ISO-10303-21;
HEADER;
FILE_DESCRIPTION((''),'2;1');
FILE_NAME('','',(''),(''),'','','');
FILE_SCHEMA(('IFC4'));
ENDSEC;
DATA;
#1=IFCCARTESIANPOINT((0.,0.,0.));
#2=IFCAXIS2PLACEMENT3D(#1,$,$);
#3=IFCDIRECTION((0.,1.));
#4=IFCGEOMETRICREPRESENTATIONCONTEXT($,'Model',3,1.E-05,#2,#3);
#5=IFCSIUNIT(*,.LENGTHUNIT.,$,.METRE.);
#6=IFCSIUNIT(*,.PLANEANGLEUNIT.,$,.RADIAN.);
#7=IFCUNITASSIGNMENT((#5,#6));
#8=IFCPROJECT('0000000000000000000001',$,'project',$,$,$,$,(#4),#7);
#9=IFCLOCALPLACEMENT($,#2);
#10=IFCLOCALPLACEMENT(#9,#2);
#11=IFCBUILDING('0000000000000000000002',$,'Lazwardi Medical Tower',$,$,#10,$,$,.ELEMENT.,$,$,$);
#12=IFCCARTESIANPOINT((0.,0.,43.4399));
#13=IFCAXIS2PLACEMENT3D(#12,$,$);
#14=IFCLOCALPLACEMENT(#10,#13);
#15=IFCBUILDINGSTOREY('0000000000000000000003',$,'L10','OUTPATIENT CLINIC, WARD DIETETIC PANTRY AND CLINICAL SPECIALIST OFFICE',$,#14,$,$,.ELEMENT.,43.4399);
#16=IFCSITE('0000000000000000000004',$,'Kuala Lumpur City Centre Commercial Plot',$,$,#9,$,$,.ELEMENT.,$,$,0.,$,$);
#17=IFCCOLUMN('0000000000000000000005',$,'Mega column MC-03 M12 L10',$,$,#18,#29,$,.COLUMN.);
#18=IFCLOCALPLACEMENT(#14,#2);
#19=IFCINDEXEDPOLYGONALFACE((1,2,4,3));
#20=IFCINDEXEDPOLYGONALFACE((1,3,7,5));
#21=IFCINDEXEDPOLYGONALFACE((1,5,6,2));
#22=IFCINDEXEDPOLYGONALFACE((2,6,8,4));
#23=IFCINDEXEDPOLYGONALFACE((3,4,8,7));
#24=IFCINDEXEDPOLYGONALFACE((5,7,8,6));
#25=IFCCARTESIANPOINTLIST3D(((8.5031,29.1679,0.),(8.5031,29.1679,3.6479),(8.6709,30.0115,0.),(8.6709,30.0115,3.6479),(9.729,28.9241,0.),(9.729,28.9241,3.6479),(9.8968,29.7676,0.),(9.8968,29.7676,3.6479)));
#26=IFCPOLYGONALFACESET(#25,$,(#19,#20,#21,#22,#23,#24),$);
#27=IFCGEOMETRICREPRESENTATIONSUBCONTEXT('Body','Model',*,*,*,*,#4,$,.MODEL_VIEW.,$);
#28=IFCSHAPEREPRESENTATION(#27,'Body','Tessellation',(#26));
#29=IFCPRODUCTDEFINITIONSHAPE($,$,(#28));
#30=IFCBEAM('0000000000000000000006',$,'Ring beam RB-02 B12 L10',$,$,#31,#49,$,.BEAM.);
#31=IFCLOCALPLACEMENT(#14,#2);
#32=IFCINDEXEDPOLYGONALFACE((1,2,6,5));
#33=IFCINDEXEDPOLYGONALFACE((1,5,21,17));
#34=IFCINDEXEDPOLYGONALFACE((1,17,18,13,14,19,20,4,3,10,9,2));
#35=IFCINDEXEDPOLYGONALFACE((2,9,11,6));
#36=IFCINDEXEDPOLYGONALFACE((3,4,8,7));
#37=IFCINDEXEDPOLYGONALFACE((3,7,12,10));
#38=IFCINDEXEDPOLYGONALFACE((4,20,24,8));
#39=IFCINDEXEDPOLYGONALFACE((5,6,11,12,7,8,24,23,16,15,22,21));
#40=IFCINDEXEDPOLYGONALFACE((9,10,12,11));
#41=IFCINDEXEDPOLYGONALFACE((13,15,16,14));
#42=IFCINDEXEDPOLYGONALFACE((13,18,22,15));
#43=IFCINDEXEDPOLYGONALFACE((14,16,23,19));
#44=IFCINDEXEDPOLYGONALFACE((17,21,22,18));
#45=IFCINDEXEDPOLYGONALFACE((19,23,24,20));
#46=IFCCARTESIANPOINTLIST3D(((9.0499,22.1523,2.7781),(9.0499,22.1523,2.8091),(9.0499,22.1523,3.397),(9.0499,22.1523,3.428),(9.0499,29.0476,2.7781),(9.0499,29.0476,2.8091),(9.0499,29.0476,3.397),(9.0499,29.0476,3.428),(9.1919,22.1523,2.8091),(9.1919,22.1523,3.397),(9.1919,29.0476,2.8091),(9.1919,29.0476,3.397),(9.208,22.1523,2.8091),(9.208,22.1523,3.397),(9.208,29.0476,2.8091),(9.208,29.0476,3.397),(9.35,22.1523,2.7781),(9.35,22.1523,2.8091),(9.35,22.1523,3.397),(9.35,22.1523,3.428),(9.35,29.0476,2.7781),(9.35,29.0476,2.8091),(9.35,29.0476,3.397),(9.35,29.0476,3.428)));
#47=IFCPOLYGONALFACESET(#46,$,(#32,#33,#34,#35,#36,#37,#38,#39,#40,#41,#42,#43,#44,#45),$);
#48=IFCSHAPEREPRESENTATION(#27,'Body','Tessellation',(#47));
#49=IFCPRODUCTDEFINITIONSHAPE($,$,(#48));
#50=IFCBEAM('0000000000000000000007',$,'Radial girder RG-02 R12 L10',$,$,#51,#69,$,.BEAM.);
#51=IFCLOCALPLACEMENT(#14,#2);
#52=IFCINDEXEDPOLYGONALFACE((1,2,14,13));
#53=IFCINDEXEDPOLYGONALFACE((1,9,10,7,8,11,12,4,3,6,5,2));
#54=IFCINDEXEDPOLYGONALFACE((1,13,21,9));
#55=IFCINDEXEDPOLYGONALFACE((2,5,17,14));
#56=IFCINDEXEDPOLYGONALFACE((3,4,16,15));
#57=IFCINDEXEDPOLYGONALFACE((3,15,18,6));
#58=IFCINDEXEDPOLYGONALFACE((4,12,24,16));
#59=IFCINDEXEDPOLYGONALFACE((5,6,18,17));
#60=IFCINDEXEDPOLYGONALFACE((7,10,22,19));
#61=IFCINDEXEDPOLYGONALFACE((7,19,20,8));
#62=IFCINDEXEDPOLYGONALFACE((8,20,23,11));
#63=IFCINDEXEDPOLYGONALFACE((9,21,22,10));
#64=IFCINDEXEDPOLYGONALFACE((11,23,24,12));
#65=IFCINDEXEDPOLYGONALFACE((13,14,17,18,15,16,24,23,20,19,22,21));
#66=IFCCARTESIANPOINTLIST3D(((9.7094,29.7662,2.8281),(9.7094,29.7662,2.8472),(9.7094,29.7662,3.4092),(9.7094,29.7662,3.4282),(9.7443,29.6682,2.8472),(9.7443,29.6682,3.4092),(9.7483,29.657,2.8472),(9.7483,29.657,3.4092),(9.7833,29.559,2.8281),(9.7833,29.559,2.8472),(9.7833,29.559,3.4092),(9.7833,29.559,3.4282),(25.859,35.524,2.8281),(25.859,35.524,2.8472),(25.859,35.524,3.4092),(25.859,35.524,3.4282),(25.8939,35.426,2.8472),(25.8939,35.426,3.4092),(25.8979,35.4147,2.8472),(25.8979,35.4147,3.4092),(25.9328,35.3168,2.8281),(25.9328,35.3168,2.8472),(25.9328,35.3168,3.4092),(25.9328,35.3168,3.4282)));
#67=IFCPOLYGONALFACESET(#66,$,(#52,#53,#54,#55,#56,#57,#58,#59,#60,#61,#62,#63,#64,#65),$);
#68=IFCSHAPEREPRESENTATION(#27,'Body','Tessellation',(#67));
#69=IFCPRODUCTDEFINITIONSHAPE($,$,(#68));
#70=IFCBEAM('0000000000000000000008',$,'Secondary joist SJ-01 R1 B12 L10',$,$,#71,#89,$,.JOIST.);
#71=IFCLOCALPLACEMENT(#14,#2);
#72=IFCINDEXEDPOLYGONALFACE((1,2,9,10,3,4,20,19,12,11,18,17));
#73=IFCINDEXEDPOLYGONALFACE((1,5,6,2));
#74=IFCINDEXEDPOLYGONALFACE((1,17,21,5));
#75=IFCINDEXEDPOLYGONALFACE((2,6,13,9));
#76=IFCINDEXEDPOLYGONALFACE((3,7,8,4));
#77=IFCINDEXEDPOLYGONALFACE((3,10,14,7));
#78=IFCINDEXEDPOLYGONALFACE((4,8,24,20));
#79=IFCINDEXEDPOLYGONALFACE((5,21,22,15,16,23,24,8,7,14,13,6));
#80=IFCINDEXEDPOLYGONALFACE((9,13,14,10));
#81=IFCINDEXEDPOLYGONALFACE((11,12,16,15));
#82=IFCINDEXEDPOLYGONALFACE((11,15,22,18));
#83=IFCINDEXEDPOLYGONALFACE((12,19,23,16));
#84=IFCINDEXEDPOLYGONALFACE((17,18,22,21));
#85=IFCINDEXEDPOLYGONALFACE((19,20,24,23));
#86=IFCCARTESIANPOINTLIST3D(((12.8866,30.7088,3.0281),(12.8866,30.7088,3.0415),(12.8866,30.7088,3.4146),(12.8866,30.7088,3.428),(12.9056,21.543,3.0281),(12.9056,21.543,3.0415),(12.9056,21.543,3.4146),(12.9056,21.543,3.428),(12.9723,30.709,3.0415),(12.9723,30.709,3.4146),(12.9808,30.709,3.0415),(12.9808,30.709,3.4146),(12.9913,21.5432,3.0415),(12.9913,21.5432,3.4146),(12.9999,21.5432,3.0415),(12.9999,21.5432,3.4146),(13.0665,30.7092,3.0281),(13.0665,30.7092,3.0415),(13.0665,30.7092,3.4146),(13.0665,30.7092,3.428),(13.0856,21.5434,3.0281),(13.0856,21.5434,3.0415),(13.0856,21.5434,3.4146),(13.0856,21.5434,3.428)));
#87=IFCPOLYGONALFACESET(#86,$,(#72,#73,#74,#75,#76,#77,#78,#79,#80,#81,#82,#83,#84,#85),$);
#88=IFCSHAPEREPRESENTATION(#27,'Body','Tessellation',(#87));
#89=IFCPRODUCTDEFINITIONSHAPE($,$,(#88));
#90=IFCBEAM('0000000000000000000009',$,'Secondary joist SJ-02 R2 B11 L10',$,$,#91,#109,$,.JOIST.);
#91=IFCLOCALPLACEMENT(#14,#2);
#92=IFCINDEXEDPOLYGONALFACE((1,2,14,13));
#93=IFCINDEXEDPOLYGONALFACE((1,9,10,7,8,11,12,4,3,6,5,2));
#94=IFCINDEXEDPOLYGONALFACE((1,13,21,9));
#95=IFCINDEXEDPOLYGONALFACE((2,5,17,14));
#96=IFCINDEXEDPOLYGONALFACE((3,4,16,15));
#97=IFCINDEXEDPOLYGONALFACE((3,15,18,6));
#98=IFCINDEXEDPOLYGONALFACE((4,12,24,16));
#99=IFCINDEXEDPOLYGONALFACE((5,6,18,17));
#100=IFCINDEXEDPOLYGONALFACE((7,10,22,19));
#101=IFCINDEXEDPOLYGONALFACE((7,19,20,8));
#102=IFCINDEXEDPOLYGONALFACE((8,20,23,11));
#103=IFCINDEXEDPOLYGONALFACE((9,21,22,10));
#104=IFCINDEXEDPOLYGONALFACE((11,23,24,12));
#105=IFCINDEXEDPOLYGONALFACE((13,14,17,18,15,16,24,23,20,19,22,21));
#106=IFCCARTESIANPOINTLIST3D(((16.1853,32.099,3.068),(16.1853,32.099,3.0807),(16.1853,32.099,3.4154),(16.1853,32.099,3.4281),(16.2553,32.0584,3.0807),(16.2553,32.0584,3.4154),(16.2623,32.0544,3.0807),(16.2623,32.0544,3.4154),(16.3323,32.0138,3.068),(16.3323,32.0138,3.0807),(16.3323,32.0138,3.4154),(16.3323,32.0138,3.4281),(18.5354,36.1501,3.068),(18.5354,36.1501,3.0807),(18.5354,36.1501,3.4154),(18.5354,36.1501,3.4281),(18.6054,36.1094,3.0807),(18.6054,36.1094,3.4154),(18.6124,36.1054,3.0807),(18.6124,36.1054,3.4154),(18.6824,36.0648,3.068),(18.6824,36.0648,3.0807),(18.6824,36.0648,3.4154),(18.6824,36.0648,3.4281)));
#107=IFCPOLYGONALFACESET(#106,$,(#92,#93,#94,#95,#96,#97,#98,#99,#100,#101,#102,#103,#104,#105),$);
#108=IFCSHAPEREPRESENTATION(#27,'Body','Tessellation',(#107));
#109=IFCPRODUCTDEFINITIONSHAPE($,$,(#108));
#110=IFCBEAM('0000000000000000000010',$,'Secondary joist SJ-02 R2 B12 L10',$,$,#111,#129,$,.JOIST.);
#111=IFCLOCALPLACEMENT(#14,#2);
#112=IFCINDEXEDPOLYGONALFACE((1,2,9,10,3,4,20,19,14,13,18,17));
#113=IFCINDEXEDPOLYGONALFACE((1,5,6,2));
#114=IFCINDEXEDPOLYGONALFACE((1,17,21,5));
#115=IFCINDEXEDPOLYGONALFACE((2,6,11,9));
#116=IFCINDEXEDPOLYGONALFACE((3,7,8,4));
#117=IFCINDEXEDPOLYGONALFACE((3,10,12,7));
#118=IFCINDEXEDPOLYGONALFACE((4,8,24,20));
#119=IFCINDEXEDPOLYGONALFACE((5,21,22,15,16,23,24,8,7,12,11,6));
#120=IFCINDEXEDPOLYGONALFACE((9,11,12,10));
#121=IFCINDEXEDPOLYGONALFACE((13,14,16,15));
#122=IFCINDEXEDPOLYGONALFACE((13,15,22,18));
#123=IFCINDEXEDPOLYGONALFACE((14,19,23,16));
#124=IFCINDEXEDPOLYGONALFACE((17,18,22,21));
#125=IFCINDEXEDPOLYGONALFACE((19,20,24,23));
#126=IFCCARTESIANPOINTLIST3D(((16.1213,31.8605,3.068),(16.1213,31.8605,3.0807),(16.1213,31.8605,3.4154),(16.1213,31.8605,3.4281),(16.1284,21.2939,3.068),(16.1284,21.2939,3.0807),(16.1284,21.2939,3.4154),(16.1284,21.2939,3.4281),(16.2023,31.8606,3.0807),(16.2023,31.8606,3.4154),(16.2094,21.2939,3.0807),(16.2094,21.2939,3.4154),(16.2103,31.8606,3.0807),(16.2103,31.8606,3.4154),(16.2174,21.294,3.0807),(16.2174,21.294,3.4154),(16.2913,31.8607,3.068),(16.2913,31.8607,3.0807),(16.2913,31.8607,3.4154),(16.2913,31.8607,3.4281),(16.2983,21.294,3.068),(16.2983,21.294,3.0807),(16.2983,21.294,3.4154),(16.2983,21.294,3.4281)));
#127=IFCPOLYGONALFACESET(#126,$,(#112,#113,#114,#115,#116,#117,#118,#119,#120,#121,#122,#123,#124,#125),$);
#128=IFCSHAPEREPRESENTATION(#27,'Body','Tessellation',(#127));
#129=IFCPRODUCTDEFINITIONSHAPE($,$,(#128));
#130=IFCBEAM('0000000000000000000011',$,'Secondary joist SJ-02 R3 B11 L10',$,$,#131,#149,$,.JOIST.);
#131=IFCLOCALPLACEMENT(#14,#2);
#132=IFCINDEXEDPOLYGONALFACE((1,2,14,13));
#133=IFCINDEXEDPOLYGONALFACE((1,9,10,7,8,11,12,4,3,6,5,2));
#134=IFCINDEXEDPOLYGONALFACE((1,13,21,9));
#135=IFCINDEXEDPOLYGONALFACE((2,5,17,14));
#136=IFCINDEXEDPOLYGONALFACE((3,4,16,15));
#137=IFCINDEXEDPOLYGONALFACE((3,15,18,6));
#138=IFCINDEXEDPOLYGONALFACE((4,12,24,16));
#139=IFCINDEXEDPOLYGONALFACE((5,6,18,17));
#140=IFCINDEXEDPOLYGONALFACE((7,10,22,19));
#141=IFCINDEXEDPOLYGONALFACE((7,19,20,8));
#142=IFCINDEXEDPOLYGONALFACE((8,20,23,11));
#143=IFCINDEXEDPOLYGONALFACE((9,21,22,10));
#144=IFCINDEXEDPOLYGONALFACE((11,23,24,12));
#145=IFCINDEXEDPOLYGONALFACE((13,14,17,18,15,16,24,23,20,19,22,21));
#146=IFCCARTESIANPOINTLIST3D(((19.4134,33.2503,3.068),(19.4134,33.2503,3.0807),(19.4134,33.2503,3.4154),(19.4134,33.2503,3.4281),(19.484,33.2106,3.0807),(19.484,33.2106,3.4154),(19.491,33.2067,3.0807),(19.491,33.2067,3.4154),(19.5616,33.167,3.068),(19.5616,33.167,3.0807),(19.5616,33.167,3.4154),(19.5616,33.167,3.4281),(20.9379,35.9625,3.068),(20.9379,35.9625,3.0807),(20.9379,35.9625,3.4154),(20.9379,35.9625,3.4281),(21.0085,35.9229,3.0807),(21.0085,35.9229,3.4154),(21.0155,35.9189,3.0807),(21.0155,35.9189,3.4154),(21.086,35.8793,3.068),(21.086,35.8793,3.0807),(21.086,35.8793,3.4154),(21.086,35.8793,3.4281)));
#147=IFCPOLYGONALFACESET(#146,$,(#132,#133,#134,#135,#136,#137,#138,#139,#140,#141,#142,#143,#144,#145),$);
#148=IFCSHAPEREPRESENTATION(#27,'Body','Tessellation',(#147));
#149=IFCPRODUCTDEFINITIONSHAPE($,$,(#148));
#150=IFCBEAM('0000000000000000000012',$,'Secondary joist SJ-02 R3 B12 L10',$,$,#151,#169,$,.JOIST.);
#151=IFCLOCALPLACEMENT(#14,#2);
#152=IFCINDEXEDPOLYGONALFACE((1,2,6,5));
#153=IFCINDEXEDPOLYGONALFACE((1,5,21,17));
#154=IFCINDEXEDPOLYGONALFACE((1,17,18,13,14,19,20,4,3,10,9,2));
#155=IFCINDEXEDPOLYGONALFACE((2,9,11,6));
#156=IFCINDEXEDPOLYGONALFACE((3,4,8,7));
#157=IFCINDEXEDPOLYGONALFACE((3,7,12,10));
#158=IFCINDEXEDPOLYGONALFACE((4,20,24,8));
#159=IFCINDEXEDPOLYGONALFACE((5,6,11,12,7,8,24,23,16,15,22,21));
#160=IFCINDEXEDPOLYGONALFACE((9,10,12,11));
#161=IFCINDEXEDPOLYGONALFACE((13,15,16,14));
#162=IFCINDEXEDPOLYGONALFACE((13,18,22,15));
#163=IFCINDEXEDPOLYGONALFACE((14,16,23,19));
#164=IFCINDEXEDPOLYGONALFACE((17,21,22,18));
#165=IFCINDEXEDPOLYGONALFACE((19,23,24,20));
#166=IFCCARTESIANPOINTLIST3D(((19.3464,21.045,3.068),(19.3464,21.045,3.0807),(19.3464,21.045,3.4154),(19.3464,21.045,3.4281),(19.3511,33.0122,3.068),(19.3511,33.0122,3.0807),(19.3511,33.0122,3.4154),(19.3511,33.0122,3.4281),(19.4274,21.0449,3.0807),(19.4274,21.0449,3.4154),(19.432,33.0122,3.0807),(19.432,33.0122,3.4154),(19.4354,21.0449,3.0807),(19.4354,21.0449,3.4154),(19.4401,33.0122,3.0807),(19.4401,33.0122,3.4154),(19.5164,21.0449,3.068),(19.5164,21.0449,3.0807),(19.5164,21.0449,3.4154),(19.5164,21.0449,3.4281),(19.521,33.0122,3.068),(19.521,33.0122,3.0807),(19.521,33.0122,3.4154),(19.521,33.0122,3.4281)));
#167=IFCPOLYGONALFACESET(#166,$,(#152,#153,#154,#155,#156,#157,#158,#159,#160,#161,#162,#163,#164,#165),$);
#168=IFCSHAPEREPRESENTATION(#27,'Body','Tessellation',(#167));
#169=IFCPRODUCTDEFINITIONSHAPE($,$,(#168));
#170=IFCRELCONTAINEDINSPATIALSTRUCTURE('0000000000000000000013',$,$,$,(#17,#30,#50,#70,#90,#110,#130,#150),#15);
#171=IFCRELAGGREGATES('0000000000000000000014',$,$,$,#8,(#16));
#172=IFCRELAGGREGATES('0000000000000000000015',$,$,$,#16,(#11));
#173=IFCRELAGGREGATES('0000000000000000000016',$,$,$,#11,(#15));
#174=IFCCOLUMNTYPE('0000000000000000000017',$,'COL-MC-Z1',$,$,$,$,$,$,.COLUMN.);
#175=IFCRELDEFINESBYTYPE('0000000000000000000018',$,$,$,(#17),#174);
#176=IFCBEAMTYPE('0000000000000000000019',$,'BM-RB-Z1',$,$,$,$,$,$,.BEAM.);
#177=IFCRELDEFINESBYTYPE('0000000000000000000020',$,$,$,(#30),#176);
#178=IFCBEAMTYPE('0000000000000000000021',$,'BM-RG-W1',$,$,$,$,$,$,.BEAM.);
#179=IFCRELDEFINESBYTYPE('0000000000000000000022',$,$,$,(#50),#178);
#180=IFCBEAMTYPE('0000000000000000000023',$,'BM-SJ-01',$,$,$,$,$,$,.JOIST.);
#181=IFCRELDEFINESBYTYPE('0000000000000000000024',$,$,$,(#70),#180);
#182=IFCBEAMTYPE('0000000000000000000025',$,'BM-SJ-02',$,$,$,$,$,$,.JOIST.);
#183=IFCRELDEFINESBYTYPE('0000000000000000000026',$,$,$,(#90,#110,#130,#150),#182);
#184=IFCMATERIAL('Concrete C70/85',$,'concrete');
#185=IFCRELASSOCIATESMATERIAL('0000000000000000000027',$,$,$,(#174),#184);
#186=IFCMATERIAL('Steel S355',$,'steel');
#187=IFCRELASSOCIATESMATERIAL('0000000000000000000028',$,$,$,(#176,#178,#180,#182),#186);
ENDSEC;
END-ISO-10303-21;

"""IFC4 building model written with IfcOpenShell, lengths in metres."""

from ifc_helpers import new_model, si_unit, direction, frame, origin, origin_2d, place, context, subcontext, project, spatial, rectangle, i_section, extrude, material, material_profile, profile_set, type_object, element, save


model = new_model("IFC4")

# Units and contexts
model_context = context("Model", 3, precision=1e-05, world=origin(), true_north=direction((0.0, 1.0)))
body_context = subcontext(model_context, "Body", "Model", "MODEL_VIEW")
ifc_project = project(units=[si_unit("LENGTHUNIT", "METRE"), si_unit("PLANEANGLEUNIT", "RADIAN")], contexts=[model_context])

# Site, building, storey
site_placement = place(None, origin())
site = spatial("IfcSite", under=ifc_project, at=site_placement, Name="Kuala Lumpur City Centre Commercial Plot", CompositionType="ELEMENT", RefElevation=0.0)
building_placement = place(site_placement, origin())
building = spatial("IfcBuilding", under=site, at=building_placement, Name="Lazwardi Medical Tower", CompositionType="ELEMENT")
storey_placement = place(building_placement, frame((0.0, 0.0, 43.4399)))
storey = spatial("IfcBuildingStorey", under=building, at=storey_placement, Name="L10", Description="OUTPATIENT CLINIC, WARD DIETETIC PANTRY AND CLINICAL SPECIALIST OFFICE", CompositionType="ELEMENT", Elevation=43.4399)

# Column
ifc_material_1 = material(Name="Concrete C70/85", Category="concrete")
ifc_material_profile_1 = material_profile(ifc_material_1, rectangle(XDim=1.25, YDim=0.8601, at=origin_2d()), Name="CFT-RECT 1250x860")
ifc_profile_set_1 = profile_set([ifc_material_profile_1], Name="Concrete C70/85")
column_type = type_object("IfcColumnType", Name="COL-MC-Z1", PredefinedType="COLUMN", material=ifc_profile_set_1)
column_placement = place(storey_placement, frame((9.2, 29.4678, 0.0), z_axis=(0.0, 0.0, 1.0), x_axis=(-0.980785, 0.19509, 0.0)))
element("IfcColumn", 1, at=column_placement, inside=storey, type_object=column_type, Name="Mega column MC-03 M12 L10", PredefinedType="COLUMN", context=body_context, shape_type="SweptSolid", body=[
    extrude(rectangle(XDim=1.25, YDim=0.8601, at=origin_2d()), origin(), (0.0, 0.0, 1.0), 3.6479),
])

# Beams
ifc_material_2 = material(Name="Steel S355", Category="steel")
ifc_material_profile_2 = material_profile(ifc_material_2, i_section(OverallWidth=0.3, OverallDepth=0.6499, WebThickness=0.0161, FlangeThickness=0.031, at=origin_2d()), Name="HEB 650")
ifc_profile_set_2 = profile_set([ifc_material_profile_2], Name="Steel S355")
beam_type_1 = type_object("IfcBeamType", Name="BM-RB-Z1", PredefinedType="BEAM", material=ifc_profile_set_2)
beam_1_placement = place(storey_placement, frame((9.2, 29.0476, 3.103), z_axis=(0.0, -1.0, 0.0), x_axis=(1.0, 0.0, 0.0)))
element("IfcBeam", 2, at=beam_1_placement, inside=storey, type_object=beam_type_1, Name="Ring beam RB-02 B12 L10", PredefinedType="BEAM", context=body_context, shape_type="SweptSolid", body=[
    extrude(i_section(OverallWidth=0.3, OverallDepth=0.6499, WebThickness=0.0161, FlangeThickness=0.031, at=origin_2d()), origin(), (0.0, 0.0, 1.0), 6.8953),
])
ifc_material_profile_3 = material_profile(ifc_material_2, i_section(OverallWidth=0.22, OverallDepth=0.6001, WebThickness=0.012, FlangeThickness=0.019, at=origin_2d()), Name="IPE 600")
ifc_profile_set_3 = profile_set([ifc_material_profile_3], Name="Steel S355")
beam_type_2 = type_object("IfcBeamType", Name="BM-RG-W1", PredefinedType="BEAM", material=ifc_profile_set_3)
beam_2_placement = place(storey_placement, frame((9.7463, 29.6626, 3.1282), z_axis=(0.941925, 0.335823, 0.0), x_axis=(-0.335823, 0.941925, 0.0)))
element("IfcBeam", 3, at=beam_2_placement, inside=storey, type_object=beam_type_2, Name="Radial girder RG-02 R12 L10", PredefinedType="BEAM", context=body_context, shape_type="SweptSolid", body=[
    extrude(i_section(OverallWidth=0.22, OverallDepth=0.6001, WebThickness=0.012, FlangeThickness=0.019, at=origin_2d()), origin(), (0.0, 0.0, 1.0), 17.1453),
])
ifc_material_profile_4 = material_profile(ifc_material_2, i_section(OverallWidth=0.1799, OverallDepth=0.3999, WebThickness=0.0085, FlangeThickness=0.0134, at=origin_2d()), Name="IPE 400")
ifc_profile_set_4 = profile_set([ifc_material_profile_4], Name="Steel S355")
beam_type_3 = type_object("IfcBeamType", Name="BM-SJ-01", PredefinedType="JOIST", material=ifc_profile_set_4)
beam_3_placement = place(storey_placement, frame((12.9766, 30.709, 3.228), z_axis=(0.002078, -0.999998, 0.0), x_axis=(0.999998, 0.002078, 0.0)))
element("IfcBeam", 4, at=beam_3_placement, inside=storey, type_object=beam_type_3, Name="Secondary joist SJ-01 R1 B12 L10", PredefinedType="JOIST", context=body_context, shape_type="SweptSolid", body=[
    extrude(i_section(OverallWidth=0.1799, OverallDepth=0.3999, WebThickness=0.0085, FlangeThickness=0.0134, at=origin_2d()), origin(), (0.0, 0.0, 1.0), 9.1658),
])
ifc_material_profile_5 = material_profile(ifc_material_2, i_section(OverallWidth=0.1699, OverallDepth=0.3601, WebThickness=0.0081, FlangeThickness=0.0127, at=origin_2d()), Name="IPE 360")
ifc_profile_set_5 = profile_set([ifc_material_profile_5], Name="Steel S355")
beam_type_4 = type_object("IfcBeamType", Name="BM-SJ-02", PredefinedType="JOIST", material=ifc_profile_set_5)
beam_4_placement = place(storey_placement, frame((18.6089, 36.1074, 3.248), z_axis=(-0.501798, -0.864985, 0.0), x_axis=(0.864985, -0.501798, 0.0)))
element("IfcBeam", 5, at=beam_4_placement, inside=storey, type_object=beam_type_4, Name="Secondary joist SJ-02 R2 B11 L10", PredefinedType="JOIST", context=body_context, shape_type="SweptSolid", body=[
    extrude(i_section(OverallWidth=0.1699, OverallDepth=0.3601, WebThickness=0.0081, FlangeThickness=0.0127, at=origin_2d()), origin(), (0.0, 0.0, 1.0), 4.6833),
])
beam_5_placement = place(storey_placement, frame((16.2063, 31.8606, 3.248), z_axis=(0.00067, -1.0, 0.0), x_axis=(1.0, 0.00067, 0.0)))
element("IfcBeam", 6, at=beam_5_placement, inside=storey, type_object=beam_type_4, Name="Secondary joist SJ-02 R2 B12 L10", PredefinedType="JOIST", context=body_context, shape_type="SweptSolid", body=[
    extrude(i_section(OverallWidth=0.1699, OverallDepth=0.3601, WebThickness=0.0081, FlangeThickness=0.0127, at=origin_2d()), origin(), (0.0, 0.0, 1.0), 10.5667),
])
beam_6_placement = place(storey_placement, frame((21.012, 35.9209, 3.248), z_axis=(-0.489974, -0.871737, 0.0), x_axis=(0.871737, -0.489974, 0.0)))
element("IfcBeam", 7, at=beam_6_placement, inside=storey, type_object=beam_type_4, Name="Secondary joist SJ-02 R3 B11 L10", PredefinedType="JOIST", context=body_context, shape_type="SweptSolid", body=[
    extrude(i_section(OverallWidth=0.1699, OverallDepth=0.3601, WebThickness=0.0081, FlangeThickness=0.0127, at=origin_2d()), origin(), (0.0, 0.0, 1.0), 3.1113),
])
beam_7_placement = place(storey_placement, frame((19.436, 33.0122, 3.248), z_axis=(-0.000388, -1.0, 0.0), x_axis=(1.0, -0.000388, 0.0)))
element("IfcBeam", 8, at=beam_7_placement, inside=storey, type_object=beam_type_4, Name="Secondary joist SJ-02 R3 B12 L10", PredefinedType="JOIST", context=body_context, shape_type="SweptSolid", body=[
    extrude(i_section(OverallWidth=0.1699, OverallDepth=0.3601, WebThickness=0.0081, FlangeThickness=0.0127, at=origin_2d()), origin(), (0.0, 0.0, 1.0), 11.9673),
])

save(model, "model.ifc")
